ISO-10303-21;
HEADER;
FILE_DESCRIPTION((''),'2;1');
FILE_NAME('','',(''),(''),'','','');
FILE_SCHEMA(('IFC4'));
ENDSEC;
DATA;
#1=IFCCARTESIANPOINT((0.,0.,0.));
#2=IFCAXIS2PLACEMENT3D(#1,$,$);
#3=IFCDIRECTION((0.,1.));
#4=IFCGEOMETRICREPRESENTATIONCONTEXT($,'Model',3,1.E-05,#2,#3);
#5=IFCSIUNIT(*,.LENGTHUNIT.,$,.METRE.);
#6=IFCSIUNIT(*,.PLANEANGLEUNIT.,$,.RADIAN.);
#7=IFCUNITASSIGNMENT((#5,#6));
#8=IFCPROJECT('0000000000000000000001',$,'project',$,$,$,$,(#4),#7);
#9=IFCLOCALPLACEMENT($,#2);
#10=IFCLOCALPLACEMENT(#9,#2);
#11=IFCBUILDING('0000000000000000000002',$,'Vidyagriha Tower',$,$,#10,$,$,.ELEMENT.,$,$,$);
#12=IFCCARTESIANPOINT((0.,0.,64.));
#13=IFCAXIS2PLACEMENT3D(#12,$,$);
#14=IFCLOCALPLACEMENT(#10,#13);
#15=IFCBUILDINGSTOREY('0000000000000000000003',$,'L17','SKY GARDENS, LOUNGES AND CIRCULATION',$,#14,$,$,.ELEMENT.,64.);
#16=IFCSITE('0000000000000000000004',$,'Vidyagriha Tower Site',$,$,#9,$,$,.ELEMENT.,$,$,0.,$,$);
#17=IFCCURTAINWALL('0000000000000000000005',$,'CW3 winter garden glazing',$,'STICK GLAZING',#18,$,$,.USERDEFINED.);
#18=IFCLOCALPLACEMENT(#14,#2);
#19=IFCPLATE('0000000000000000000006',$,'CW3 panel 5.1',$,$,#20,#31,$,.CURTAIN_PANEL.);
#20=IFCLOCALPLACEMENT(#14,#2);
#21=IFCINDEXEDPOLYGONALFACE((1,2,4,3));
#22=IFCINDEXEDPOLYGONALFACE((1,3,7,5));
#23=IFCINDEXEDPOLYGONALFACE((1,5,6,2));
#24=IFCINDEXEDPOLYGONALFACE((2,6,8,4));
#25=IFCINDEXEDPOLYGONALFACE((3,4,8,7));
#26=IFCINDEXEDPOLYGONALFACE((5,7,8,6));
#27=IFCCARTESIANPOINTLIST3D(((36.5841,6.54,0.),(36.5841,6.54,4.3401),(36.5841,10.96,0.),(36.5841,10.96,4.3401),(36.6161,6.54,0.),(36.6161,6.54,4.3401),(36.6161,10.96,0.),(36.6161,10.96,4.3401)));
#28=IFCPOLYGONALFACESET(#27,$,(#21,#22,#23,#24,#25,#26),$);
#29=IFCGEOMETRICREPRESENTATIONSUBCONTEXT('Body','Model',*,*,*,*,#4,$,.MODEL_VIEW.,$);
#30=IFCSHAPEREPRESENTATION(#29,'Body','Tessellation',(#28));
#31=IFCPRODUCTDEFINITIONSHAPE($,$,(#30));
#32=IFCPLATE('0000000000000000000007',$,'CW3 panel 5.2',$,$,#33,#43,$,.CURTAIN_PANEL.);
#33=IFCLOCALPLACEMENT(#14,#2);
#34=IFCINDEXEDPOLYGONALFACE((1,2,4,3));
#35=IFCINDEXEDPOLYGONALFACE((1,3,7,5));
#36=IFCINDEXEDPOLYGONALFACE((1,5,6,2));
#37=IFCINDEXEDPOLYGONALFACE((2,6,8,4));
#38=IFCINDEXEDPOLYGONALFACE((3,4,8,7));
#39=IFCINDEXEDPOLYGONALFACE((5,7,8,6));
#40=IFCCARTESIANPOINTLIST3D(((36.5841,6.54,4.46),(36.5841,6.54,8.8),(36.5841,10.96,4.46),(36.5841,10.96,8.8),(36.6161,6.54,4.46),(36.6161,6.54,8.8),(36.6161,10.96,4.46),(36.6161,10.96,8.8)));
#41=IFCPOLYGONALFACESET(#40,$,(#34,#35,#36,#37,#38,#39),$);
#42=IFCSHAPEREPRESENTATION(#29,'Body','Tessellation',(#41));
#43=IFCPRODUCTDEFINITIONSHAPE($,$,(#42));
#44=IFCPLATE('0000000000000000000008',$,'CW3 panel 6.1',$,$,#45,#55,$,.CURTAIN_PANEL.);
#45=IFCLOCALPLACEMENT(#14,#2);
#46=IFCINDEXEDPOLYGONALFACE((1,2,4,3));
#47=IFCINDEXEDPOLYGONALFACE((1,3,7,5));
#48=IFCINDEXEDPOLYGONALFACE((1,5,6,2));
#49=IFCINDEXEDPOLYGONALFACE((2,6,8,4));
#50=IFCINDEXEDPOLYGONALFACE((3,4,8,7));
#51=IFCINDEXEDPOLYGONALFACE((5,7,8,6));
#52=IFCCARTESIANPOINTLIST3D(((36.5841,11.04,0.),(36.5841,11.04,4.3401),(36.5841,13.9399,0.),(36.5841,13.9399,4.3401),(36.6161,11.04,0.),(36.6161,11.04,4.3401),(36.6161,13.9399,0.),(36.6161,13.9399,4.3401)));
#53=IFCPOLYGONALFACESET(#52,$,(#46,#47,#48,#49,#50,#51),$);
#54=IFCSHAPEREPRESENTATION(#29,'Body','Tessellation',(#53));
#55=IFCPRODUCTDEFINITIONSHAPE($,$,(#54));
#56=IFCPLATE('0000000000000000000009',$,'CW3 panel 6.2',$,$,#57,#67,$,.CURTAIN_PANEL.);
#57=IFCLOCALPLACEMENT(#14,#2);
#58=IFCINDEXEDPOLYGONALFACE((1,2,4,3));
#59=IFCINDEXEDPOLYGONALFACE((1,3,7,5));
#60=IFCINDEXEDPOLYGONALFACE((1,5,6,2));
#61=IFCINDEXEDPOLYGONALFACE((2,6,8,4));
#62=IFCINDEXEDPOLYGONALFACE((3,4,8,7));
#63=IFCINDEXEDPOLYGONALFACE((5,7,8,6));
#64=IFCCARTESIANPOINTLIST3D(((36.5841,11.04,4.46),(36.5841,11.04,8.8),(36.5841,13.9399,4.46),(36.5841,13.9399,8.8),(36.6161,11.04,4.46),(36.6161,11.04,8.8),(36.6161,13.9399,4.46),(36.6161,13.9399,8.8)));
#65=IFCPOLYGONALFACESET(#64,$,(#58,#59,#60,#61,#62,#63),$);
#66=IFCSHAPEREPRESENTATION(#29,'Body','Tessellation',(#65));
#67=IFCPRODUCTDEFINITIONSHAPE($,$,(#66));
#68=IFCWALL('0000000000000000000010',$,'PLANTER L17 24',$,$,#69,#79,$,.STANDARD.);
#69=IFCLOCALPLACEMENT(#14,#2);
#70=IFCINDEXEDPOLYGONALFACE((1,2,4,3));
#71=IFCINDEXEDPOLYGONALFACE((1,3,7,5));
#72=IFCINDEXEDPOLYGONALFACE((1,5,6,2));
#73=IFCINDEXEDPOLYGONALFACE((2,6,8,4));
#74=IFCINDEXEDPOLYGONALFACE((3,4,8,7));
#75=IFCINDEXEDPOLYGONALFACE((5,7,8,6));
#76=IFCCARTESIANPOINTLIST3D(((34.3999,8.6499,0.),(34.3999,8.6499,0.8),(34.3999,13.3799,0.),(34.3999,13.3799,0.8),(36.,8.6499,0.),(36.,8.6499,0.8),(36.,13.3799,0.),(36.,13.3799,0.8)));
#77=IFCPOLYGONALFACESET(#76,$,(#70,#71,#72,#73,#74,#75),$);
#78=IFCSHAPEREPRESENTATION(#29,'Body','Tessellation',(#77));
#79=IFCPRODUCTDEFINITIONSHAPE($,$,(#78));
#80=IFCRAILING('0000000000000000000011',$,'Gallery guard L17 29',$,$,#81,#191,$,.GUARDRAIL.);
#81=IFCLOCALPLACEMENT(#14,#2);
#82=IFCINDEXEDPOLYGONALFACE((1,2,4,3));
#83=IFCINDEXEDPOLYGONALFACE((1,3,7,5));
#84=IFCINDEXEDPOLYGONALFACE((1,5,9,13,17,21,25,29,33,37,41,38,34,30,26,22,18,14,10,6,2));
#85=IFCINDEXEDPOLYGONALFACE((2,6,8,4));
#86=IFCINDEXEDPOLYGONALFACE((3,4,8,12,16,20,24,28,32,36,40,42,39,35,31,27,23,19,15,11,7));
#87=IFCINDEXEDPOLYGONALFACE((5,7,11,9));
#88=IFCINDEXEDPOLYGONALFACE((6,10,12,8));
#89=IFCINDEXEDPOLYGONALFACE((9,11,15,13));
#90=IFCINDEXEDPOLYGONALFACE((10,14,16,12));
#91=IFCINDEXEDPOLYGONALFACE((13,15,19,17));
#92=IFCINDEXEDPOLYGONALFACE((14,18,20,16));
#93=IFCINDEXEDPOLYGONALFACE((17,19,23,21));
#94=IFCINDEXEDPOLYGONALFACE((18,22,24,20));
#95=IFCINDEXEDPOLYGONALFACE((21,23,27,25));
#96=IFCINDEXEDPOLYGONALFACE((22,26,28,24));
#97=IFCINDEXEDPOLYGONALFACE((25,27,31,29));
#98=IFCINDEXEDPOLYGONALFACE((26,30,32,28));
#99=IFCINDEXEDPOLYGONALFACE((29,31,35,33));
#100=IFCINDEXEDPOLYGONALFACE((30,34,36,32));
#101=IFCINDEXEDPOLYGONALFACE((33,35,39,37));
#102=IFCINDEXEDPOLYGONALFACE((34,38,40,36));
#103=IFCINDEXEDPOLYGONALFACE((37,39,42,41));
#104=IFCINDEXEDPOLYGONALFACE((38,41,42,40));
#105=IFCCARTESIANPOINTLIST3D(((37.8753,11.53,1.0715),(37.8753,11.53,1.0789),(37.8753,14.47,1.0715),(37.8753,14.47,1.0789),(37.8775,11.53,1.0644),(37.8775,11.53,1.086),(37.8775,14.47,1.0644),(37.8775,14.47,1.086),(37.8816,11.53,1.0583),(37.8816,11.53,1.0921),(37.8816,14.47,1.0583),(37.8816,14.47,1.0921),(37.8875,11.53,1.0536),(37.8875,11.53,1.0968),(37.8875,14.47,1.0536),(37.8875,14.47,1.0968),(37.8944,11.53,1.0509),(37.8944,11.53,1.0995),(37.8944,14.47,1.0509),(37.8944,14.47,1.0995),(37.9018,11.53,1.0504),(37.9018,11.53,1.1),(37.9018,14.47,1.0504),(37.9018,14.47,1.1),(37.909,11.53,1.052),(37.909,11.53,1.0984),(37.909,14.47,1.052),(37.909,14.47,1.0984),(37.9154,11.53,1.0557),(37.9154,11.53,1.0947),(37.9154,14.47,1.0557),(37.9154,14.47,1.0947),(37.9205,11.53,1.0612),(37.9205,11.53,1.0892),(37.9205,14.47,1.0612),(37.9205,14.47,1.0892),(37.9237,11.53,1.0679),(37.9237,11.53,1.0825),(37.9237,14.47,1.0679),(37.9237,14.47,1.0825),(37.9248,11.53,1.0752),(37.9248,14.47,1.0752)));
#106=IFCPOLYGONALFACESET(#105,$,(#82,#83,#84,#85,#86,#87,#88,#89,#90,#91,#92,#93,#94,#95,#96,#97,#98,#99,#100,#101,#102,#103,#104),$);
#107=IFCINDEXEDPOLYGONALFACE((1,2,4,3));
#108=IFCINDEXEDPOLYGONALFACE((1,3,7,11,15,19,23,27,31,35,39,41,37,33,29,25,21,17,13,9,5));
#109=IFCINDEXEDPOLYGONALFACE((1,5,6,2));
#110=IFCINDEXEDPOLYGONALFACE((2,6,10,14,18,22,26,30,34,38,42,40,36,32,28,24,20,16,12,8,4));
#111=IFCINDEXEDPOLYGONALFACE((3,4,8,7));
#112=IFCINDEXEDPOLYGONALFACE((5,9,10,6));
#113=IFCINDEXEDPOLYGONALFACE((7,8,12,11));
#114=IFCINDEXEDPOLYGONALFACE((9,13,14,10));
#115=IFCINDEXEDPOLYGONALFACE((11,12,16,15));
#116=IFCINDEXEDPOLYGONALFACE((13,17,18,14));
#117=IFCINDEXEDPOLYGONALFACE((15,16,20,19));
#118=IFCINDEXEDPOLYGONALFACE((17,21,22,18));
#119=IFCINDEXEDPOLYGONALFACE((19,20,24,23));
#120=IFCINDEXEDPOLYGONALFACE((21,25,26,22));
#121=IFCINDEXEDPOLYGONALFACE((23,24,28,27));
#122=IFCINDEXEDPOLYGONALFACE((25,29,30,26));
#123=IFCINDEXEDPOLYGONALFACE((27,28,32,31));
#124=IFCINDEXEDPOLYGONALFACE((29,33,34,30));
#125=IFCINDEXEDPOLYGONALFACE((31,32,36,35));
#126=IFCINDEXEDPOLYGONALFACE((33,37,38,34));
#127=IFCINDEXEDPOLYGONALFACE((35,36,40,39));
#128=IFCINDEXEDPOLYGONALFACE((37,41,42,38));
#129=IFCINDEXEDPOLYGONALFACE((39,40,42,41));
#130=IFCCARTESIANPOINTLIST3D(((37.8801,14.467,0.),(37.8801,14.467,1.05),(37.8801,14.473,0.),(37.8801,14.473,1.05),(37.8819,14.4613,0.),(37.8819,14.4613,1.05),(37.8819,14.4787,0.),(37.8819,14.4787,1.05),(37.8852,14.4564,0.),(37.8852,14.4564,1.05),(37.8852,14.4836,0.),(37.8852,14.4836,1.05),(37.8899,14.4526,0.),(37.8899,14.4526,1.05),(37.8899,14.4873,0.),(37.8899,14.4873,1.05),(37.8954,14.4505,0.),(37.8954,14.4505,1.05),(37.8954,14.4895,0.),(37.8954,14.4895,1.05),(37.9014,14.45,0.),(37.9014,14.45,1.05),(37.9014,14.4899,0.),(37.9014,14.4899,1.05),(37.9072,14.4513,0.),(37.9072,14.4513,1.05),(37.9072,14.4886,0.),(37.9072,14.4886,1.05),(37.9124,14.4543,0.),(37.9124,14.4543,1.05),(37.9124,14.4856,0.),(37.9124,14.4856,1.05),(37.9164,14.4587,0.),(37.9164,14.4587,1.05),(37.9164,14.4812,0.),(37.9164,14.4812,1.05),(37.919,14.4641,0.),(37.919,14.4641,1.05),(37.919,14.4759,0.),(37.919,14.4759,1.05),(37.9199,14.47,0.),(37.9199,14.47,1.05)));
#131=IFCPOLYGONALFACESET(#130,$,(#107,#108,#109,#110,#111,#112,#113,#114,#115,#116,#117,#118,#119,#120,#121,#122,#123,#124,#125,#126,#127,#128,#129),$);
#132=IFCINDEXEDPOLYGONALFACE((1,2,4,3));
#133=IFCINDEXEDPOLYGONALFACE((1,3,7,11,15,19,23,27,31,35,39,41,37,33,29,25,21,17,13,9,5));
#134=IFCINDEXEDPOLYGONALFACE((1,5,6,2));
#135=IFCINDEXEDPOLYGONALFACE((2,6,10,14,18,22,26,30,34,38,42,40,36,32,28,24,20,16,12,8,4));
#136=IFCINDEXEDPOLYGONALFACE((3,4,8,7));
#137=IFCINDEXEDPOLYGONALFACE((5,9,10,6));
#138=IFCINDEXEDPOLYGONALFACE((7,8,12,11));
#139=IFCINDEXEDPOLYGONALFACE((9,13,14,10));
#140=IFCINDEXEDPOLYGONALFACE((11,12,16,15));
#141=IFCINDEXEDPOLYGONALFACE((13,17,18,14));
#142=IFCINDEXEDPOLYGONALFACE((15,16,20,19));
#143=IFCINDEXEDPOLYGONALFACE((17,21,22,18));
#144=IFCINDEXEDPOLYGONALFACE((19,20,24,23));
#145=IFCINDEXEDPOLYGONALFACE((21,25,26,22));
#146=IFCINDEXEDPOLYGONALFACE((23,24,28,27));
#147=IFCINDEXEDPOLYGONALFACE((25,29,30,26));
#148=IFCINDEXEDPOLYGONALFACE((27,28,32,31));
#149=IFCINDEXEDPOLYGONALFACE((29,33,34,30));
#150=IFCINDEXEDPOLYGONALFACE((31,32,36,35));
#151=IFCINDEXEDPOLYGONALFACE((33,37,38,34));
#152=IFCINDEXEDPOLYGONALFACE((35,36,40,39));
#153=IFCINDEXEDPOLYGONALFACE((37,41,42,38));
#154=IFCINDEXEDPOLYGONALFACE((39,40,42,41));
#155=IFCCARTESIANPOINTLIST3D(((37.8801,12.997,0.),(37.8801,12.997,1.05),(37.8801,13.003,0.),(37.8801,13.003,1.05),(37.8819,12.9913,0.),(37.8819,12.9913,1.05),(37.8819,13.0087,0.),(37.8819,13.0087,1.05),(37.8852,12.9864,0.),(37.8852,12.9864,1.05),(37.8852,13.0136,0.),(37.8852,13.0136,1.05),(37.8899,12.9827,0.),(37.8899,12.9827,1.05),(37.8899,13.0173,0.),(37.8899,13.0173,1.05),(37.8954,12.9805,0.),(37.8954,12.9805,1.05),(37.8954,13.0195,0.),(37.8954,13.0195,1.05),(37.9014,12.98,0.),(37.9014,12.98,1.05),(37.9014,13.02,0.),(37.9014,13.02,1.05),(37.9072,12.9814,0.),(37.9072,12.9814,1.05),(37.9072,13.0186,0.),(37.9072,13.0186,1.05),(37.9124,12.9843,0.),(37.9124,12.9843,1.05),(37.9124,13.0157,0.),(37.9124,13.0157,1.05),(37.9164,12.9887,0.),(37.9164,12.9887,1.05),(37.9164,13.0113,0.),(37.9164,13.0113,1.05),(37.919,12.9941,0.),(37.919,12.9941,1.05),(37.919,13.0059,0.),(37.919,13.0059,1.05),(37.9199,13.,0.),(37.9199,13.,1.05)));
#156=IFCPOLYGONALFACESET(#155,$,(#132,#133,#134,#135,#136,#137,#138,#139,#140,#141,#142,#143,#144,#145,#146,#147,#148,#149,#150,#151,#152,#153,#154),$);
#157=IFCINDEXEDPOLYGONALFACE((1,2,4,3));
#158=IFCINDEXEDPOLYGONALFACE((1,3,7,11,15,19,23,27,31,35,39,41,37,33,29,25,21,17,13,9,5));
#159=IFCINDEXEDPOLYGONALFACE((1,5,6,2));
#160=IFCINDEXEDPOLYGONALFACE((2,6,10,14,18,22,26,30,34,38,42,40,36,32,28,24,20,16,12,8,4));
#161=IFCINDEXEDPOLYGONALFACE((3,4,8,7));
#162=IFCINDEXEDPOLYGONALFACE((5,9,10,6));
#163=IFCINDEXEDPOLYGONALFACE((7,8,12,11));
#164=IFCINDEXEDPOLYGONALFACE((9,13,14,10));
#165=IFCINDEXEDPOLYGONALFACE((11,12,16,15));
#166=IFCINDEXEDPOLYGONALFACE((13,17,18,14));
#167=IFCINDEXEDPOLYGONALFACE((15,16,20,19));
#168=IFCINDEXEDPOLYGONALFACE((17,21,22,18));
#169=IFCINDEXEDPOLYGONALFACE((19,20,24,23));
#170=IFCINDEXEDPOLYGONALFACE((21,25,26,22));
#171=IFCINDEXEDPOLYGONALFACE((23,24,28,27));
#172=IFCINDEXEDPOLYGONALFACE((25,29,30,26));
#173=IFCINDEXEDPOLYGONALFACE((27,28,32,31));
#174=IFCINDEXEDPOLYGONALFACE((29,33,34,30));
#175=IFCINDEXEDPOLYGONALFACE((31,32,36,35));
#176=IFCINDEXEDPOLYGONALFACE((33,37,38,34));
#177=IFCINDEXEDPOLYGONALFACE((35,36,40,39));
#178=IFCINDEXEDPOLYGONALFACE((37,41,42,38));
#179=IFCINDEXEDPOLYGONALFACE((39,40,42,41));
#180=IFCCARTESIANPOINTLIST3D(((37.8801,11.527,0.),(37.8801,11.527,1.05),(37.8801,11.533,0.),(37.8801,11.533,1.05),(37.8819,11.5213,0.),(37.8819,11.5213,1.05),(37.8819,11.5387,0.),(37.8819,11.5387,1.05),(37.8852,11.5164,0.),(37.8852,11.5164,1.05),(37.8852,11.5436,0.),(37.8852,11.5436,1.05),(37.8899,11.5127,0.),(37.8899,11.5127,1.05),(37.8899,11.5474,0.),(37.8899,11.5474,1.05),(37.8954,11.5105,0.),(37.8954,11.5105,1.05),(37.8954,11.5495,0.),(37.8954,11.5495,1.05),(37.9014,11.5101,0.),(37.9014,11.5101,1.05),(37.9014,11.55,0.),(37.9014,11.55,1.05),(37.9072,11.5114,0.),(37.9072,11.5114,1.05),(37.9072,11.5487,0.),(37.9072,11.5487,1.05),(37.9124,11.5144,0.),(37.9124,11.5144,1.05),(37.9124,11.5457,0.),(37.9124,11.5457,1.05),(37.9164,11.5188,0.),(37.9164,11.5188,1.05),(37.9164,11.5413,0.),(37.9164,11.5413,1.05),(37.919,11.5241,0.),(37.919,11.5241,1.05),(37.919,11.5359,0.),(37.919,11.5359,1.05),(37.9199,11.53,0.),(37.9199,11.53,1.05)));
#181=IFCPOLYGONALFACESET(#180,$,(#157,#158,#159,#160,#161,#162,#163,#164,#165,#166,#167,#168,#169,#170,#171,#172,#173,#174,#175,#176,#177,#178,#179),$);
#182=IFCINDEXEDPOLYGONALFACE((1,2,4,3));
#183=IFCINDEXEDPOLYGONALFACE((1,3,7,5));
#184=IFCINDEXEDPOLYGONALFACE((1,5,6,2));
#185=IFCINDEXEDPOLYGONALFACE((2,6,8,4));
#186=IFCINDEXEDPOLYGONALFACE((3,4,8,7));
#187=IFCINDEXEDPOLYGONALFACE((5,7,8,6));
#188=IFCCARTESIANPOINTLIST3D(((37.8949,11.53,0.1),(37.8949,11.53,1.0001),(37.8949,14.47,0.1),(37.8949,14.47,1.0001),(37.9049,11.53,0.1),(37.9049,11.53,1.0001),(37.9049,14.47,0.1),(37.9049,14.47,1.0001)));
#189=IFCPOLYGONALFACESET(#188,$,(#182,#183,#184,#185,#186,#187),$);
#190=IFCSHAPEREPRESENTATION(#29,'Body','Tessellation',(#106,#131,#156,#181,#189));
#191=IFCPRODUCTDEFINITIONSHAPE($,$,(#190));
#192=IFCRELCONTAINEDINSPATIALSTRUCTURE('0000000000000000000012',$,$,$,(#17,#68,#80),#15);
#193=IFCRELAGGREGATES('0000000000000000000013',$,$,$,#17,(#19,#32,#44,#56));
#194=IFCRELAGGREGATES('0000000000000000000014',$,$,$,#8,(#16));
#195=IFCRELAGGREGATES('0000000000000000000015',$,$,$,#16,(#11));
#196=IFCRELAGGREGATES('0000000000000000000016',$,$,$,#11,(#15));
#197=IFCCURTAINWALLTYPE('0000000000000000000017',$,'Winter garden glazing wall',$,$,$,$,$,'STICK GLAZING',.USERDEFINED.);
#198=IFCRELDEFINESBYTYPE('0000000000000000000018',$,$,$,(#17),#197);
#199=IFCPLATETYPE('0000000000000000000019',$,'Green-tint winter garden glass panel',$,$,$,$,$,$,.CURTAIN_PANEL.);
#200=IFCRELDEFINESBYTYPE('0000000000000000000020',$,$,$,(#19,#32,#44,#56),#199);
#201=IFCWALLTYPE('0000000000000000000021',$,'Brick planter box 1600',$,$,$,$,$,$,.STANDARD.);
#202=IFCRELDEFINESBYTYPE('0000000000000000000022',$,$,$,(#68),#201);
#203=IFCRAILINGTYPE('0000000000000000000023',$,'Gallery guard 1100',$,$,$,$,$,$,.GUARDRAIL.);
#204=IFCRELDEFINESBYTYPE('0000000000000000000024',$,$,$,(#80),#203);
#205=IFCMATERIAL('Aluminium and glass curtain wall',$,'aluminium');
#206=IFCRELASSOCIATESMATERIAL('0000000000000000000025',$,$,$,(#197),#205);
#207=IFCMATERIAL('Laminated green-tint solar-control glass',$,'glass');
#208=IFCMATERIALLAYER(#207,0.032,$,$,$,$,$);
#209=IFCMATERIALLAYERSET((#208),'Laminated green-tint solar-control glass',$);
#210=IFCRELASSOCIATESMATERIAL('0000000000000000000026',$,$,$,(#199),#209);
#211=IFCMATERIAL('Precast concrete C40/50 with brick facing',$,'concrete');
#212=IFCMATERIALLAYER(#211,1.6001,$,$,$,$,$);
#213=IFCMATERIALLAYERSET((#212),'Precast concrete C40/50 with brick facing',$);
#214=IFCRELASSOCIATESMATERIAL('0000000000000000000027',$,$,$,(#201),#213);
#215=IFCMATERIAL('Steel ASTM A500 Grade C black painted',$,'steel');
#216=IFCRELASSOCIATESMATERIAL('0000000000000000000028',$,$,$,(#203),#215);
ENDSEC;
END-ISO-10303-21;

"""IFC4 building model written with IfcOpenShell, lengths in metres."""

from ifc_helpers import new_model, si_unit, direction, frame, frame_2d, origin, origin_2d, place, context, subcontext, project, spatial, rectangle, circle, extrude, material, layer, layer_set, type_object, element, aggregate, save


model = new_model("IFC4")

# Units and contexts
model_context = context("Model", 3, precision=1e-05, world=origin(), true_north=direction((0.0, 1.0)))
body_context = subcontext(model_context, "Body", "Model", "MODEL_VIEW")
ifc_project = project(units=[si_unit("LENGTHUNIT", "METRE"), si_unit("PLANEANGLEUNIT", "RADIAN")], contexts=[model_context])

# Site, building, storey
site_placement = place(None, origin())
site = spatial("IfcSite", under=ifc_project, at=site_placement, Name="Vidyagriha Tower Site", CompositionType="ELEMENT", RefElevation=0.0)
building_placement = place(site_placement, origin())
building = spatial("IfcBuilding", under=site, at=building_placement, Name="Vidyagriha Tower", CompositionType="ELEMENT")
storey_placement = place(building_placement, frame((0.0, 0.0, 64.0)))
storey = spatial("IfcBuildingStorey", under=building, at=storey_placement, Name="L17", Description="SKY GARDENS, LOUNGES AND CIRCULATION", CompositionType="ELEMENT", Elevation=64.0)

# Shared definitions
ifc_material_1 = material(Name="Aluminium and glass curtain wall", Category="aluminium")
curtain_wall_type = type_object("IfcCurtainWallType", Name="Winter garden glazing wall", ElementType="STICK GLAZING", PredefinedType="USERDEFINED", material=ifc_material_1)

# Curtain wall
curtain_wall_1_placement = place(storey_placement, origin())
curtain_wall_1 = element("IfcCurtainWall", 1, at=curtain_wall_1_placement, inside=storey, type_object=curtain_wall_type, Name="CW3 winter garden glazing", ObjectType="STICK GLAZING", PredefinedType="USERDEFINED")

# Plates
ifc_material_2 = material(Name="Laminated green-tint solar-control glass", Category="glass")
ifc_layer_1 = layer(ifc_material_2, 0.032)
ifc_layer_set_1 = layer_set([ifc_layer_1], Name="Laminated green-tint solar-control glass")
plate_type = type_object("IfcPlateType", Name="Green-tint winter garden glass panel", PredefinedType="CURTAIN_PANEL", material=ifc_layer_set_1)
plate_1_placement = place(storey_placement, frame((36.6001, 8.75, 0.0), z_axis=(0.0, 0.0, 1.0), x_axis=(0.0, 1.0, 0.0)))
plate_1 = element("IfcPlate", 2, at=plate_1_placement, type_object=plate_type, Name="CW3 panel 5.1", PredefinedType="CURTAIN_PANEL", context=body_context, shape_type="SweptSolid", body=[
    extrude(rectangle(XDim=4.4199, YDim=0.032, at=origin_2d()), origin(), (0.0, 0.0, 1.0), 4.3401),
])
plate_2_placement = place(storey_placement, frame((36.6001, 8.75, 4.46), z_axis=(0.0, 0.0, 1.0), x_axis=(0.0, 1.0, 0.0)))
plate_2 = element("IfcPlate", 3, at=plate_2_placement, type_object=plate_type, Name="CW3 panel 5.2", PredefinedType="CURTAIN_PANEL", context=body_context, shape_type="SweptSolid", body=[
    extrude(rectangle(XDim=4.4199, YDim=0.032, at=origin_2d()), origin(), (0.0, 0.0, 1.0), 4.3401),
])
plate_3_placement = place(storey_placement, frame((36.6001, 12.49, 0.0), z_axis=(0.0, 0.0, 1.0), x_axis=(0.0, 1.0, 0.0)))
plate_3 = element("IfcPlate", 4, at=plate_3_placement, type_object=plate_type, Name="CW3 panel 6.1", PredefinedType="CURTAIN_PANEL", context=body_context, shape_type="SweptSolid", body=[
    extrude(rectangle(XDim=2.8999, YDim=0.032, at=origin_2d()), origin(), (0.0, 0.0, 1.0), 4.3401),
])
plate_4_placement = place(storey_placement, frame((36.6001, 12.49, 4.46), z_axis=(0.0, 0.0, 1.0), x_axis=(0.0, 1.0, 0.0)))
plate_4 = element("IfcPlate", 5, at=plate_4_placement, type_object=plate_type, Name="CW3 panel 6.2", PredefinedType="CURTAIN_PANEL", context=body_context, shape_type="SweptSolid", body=[
    extrude(rectangle(XDim=2.8999, YDim=0.032, at=origin_2d()), origin(), (0.0, 0.0, 1.0), 4.3401),
])
aggregate(curtain_wall_1, [plate_1, plate_2, plate_3, plate_4])

# Wall
ifc_material_3 = material(Name="Precast concrete C40/50 with brick facing", Category="concrete")
ifc_layer_2 = layer(ifc_material_3, 1.6001)
ifc_layer_set_2 = layer_set([ifc_layer_2], Name="Precast concrete C40/50 with brick facing")
wall_type = type_object("IfcWallType", Name="Brick planter box 1600", PredefinedType="STANDARD", material=ifc_layer_set_2)
wall_placement = place(storey_placement, frame((35.2, 8.6499, 0.0), z_axis=(0.0, 0.0, 1.0), x_axis=(0.0, 1.0, 0.0)))
element("IfcWall", 6, at=wall_placement, inside=storey, type_object=wall_type, Name="PLANTER L17 24", PredefinedType="STANDARD", context=body_context, shape_type="SweptSolid", body=[
    extrude(rectangle(XDim=4.73, YDim=1.6001, at=frame_2d((2.365, 0.0))), origin(), (0.0, 0.0, 1.0), 0.8),
])

# Railing
ifc_material_4 = material(Name="Steel ASTM A500 Grade C black painted", Category="steel")
railing_type = type_object("IfcRailingType", Name="Gallery guard 1100", PredefinedType="GUARDRAIL", material=ifc_material_4)
railing_1_placement = place(storey_placement, frame((37.8999, 14.47, 0.0)))
element("IfcRailing", 7, at=railing_1_placement, inside=storey, type_object=railing_type, Name="Gallery guard L17 29", PredefinedType="GUARDRAIL", context=body_context, shape_type="SweptSolid", body=[
    extrude(circle(Radius=0.0249, at=origin_2d()), frame((0.0, 0.0, 1.0752), z_axis=(0.0, -1.0, 0.0), x_axis=(1.0, 0.0, 0.0)), (0.0, 0.0, 1.0), 2.9399),
    extrude(circle(Radius=0.02, at=origin_2d()), origin(), (0.0, 0.0, 1.0), 1.05),
    extrude(circle(Radius=0.02, at=origin_2d()), frame((0.0, -1.47, 0.0)), (0.0, 0.0, 1.0), 1.05),
    extrude(circle(Radius=0.02, at=origin_2d()), frame((0.0, -2.9399, 0.0)), (0.0, 0.0, 1.0), 1.05),
    extrude(rectangle(XDim=0.01, YDim=0.9001, at=origin_2d()), frame((0.0, 0.0, 0.55), z_axis=(0.0, -1.0, 0.0), x_axis=(1.0, 0.0, 0.0)), (0.0, 0.0, 1.0), 2.9399),
])

save(model, "model.ifc")
